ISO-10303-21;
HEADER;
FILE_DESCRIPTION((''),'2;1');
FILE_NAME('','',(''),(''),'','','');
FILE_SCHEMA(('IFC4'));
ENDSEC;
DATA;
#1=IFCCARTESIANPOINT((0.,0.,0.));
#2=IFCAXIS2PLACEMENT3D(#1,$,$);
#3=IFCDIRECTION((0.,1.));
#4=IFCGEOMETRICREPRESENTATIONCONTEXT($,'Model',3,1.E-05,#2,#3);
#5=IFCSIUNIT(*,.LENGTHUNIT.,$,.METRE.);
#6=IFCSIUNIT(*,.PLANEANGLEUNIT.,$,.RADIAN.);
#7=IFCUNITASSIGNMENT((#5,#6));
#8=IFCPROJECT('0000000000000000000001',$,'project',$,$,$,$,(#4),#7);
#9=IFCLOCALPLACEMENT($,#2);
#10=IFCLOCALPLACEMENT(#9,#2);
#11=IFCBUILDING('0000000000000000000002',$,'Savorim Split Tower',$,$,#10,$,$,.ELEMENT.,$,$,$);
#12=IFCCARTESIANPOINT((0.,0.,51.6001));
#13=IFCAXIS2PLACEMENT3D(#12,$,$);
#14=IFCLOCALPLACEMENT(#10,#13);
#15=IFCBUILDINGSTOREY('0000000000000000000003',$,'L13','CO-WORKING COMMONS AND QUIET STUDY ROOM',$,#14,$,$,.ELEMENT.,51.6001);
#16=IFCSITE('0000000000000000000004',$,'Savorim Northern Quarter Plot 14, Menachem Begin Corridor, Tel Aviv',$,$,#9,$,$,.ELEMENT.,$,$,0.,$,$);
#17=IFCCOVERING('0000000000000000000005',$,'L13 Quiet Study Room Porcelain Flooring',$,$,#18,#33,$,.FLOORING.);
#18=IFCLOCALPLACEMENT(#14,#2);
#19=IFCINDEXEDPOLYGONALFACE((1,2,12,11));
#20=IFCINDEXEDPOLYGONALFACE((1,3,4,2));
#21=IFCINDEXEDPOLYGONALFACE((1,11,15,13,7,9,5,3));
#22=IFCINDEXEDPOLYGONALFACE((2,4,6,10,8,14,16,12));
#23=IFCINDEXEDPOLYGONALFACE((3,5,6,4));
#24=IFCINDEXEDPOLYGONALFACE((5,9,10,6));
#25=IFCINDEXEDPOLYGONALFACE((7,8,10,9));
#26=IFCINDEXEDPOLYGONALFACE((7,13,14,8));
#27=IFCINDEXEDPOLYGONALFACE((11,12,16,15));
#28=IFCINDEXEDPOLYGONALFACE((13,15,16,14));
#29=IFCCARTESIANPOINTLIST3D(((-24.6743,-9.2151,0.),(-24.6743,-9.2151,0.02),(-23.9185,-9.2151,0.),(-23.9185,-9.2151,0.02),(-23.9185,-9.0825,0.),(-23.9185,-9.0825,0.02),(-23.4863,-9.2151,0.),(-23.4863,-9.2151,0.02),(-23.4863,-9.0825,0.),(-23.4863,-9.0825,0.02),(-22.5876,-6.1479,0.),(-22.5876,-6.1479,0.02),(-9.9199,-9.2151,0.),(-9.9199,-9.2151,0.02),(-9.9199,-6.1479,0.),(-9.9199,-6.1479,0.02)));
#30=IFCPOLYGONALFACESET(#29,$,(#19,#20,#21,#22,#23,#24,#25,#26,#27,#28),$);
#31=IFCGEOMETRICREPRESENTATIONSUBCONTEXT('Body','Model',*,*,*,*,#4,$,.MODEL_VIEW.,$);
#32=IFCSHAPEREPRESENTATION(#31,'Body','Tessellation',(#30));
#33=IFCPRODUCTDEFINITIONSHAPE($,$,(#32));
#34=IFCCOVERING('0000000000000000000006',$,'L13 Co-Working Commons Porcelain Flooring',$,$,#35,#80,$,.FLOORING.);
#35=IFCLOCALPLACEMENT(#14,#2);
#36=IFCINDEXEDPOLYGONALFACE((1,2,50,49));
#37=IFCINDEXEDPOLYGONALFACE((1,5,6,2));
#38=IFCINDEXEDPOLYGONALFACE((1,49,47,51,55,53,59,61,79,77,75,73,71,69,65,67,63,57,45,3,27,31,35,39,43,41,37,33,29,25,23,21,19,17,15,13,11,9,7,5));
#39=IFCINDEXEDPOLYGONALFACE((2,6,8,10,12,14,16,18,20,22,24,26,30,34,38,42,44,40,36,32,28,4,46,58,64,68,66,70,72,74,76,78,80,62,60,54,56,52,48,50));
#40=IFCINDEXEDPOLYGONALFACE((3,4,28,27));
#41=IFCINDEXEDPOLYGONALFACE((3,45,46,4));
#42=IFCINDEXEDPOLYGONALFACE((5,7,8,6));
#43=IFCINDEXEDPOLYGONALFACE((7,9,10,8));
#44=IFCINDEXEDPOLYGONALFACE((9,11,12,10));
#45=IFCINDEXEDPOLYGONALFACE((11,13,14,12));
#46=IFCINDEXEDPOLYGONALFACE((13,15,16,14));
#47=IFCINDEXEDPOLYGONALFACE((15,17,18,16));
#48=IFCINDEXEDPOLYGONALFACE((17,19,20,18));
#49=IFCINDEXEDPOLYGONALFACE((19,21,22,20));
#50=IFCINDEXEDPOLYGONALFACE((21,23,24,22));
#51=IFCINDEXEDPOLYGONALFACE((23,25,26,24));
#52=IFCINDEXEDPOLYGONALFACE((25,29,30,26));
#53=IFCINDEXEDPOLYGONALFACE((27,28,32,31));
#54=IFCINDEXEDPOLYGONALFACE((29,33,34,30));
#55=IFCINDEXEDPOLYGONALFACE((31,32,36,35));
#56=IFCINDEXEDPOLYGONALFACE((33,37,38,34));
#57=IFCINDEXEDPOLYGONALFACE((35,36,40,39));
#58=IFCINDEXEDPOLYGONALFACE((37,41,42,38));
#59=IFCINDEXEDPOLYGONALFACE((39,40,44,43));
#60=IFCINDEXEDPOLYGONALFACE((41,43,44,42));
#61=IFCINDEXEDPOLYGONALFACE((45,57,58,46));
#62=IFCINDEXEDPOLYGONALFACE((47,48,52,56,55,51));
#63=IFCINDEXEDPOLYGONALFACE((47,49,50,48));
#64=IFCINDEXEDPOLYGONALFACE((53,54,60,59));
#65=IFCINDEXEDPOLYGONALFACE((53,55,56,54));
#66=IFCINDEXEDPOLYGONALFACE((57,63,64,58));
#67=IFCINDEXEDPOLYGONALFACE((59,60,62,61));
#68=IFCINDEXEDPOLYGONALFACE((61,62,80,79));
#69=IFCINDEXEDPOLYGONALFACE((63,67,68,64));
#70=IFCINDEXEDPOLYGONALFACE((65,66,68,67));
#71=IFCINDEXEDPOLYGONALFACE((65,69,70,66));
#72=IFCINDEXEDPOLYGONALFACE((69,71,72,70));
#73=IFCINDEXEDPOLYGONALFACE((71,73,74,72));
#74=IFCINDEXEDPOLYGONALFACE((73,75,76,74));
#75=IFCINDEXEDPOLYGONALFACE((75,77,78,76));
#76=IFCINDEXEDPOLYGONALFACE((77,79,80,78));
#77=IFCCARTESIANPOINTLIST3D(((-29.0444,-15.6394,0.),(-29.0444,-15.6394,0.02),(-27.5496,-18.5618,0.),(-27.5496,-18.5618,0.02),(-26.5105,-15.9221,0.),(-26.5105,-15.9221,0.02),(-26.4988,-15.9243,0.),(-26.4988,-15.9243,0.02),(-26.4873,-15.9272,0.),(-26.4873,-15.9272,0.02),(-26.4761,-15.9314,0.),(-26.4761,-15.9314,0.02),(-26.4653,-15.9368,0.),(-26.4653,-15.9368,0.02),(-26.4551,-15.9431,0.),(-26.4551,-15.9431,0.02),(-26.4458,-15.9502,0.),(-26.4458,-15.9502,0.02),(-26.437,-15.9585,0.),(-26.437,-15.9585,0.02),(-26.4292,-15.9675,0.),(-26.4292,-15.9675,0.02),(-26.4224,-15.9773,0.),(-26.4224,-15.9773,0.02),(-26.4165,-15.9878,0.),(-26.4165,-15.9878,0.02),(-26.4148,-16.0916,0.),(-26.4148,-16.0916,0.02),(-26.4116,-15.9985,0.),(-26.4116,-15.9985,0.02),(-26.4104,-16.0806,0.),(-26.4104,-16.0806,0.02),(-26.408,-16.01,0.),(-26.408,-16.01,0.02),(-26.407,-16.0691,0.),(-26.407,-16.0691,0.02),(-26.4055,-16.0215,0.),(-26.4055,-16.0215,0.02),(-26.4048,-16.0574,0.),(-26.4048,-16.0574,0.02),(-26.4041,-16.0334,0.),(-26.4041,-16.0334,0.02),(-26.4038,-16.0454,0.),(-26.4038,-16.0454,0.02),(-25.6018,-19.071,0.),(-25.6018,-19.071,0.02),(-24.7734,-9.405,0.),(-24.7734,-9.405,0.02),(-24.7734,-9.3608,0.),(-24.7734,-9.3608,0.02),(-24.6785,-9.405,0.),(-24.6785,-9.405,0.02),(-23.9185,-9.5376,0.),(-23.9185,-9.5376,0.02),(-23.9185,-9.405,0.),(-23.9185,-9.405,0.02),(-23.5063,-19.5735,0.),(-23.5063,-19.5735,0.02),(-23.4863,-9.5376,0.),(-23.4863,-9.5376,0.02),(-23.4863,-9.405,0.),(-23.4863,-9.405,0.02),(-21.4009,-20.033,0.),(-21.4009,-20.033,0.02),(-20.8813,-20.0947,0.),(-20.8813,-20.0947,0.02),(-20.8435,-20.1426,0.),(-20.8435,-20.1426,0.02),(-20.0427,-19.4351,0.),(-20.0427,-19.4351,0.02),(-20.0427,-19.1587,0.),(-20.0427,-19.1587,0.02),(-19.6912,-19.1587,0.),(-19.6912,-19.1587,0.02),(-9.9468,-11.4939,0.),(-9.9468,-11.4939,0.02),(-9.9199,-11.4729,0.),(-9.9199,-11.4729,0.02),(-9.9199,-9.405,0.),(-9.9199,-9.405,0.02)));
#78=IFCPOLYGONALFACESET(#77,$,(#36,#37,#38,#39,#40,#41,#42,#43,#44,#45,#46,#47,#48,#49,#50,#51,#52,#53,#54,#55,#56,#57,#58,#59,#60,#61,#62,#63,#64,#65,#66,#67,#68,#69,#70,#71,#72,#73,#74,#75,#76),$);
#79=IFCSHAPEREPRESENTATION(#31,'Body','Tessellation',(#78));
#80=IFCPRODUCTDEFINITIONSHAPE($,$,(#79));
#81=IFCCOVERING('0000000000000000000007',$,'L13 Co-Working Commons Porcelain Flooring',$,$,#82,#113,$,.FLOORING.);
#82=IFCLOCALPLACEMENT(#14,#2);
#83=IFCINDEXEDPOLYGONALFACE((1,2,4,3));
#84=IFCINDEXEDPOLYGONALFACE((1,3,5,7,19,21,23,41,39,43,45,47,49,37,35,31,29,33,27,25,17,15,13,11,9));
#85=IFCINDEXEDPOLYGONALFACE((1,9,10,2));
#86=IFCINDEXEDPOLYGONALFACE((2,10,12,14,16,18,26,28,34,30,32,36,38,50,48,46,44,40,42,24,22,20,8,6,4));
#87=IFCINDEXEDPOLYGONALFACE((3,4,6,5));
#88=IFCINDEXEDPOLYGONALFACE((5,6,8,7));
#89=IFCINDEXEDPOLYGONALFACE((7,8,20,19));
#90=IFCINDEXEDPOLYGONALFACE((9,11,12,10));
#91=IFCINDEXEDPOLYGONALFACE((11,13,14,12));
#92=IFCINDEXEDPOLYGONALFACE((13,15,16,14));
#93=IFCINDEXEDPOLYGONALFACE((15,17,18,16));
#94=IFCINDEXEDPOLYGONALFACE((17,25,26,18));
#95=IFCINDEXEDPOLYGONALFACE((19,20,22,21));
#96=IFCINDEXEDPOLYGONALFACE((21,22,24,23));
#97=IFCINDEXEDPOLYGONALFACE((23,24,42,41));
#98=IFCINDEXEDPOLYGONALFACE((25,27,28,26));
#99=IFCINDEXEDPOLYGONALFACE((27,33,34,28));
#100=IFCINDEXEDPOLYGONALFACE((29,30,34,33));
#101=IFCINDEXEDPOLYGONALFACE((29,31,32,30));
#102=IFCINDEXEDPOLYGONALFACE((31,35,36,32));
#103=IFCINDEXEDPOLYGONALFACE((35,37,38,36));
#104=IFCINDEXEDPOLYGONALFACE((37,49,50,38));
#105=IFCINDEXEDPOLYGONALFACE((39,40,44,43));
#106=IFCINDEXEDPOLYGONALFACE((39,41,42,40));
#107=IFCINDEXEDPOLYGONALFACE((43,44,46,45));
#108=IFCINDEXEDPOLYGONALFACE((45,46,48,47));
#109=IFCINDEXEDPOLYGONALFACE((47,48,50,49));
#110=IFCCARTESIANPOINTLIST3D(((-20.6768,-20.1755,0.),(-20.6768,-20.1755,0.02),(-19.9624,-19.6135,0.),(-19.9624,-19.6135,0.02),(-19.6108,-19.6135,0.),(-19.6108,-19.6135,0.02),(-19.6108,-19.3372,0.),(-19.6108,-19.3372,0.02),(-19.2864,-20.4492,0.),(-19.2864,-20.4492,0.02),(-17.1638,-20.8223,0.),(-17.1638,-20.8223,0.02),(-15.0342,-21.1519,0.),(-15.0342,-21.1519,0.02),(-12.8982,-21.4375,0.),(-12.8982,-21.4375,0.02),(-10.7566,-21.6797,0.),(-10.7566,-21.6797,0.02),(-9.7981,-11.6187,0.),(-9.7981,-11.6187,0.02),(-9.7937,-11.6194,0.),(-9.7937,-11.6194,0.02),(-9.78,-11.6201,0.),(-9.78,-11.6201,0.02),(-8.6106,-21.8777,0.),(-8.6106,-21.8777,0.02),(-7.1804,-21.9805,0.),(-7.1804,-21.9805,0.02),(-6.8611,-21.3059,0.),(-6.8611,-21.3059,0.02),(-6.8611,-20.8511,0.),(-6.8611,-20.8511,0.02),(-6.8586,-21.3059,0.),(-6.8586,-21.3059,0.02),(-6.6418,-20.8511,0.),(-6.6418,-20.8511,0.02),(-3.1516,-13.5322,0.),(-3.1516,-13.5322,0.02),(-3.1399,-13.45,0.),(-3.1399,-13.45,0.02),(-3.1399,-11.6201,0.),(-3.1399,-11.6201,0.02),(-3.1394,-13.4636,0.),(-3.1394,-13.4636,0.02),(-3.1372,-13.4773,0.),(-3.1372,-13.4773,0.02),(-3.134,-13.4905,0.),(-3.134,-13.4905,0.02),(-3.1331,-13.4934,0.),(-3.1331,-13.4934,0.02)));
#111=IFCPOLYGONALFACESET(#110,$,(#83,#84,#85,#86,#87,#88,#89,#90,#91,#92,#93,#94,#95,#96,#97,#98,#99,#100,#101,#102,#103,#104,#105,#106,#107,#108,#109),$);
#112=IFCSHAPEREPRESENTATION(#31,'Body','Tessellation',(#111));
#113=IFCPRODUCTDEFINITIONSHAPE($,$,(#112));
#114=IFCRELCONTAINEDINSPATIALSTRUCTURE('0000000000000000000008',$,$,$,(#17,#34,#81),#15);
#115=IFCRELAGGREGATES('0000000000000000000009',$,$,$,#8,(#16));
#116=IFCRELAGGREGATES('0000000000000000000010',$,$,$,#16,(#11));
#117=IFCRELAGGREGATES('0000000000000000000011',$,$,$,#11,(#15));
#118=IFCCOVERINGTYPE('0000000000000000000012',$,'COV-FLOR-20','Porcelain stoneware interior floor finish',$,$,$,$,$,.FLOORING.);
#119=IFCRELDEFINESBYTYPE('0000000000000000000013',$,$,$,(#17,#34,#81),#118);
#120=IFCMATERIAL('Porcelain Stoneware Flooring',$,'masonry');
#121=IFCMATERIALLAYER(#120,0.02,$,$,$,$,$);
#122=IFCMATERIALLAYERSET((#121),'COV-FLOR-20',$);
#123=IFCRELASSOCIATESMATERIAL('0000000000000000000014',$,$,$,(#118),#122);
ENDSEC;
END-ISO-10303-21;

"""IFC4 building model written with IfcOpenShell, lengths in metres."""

from ifc_helpers import new_model, si_unit, direction, frame, origin, place, context, subcontext, project, spatial, polyline, outline, extrude, material, layer, layer_set, type_object, element, save


model = new_model("IFC4")

# Units and contexts
model_context = context("Model", 3, precision=1e-05, world=origin(), true_north=direction((0.0, 1.0)))
body_context = subcontext(model_context, "Body", "Model", "MODEL_VIEW")
ifc_project = project(units=[si_unit("LENGTHUNIT", "METRE"), si_unit("PLANEANGLEUNIT", "RADIAN")], contexts=[model_context])

# Site, building, storey
site_placement = place(None, origin())
site = spatial("IfcSite", under=ifc_project, at=site_placement, Name="Savorim Northern Quarter Plot 14, Menachem Begin Corridor, Tel Aviv", CompositionType="ELEMENT", RefElevation=0.0)
building_placement = place(site_placement, origin())
building = spatial("IfcBuilding", under=site, at=building_placement, Name="Savorim Split Tower", CompositionType="ELEMENT")
storey_placement = place(building_placement, frame((0.0, 0.0, 51.6001)))
storey = spatial("IfcBuildingStorey", under=building, at=storey_placement, Name="L13", Description="CO-WORKING COMMONS AND QUIET STUDY ROOM", CompositionType="ELEMENT", Elevation=51.6001)

# Coverings
ifc_material_1 = material(Name="Porcelain Stoneware Flooring", Category="masonry")
ifc_layer_1 = layer(ifc_material_1, 0.02)
ifc_layer_set_1 = layer_set([ifc_layer_1], Name="COV-FLOR-20")
covering_type_1 = type_object("IfcCoveringType", Name="COV-FLOR-20", Description="Porcelain stoneware interior floor finish", PredefinedType="FLOORING", material=ifc_layer_set_1)
covering_1_placement = place(storey_placement, origin())
element("IfcCovering", 1, at=covering_1_placement, inside=storey, type_object=covering_type_1, Name="L13 Quiet Study Room Porcelain Flooring", PredefinedType="FLOORING", context=body_context, shape_type="SweptSolid", body=[
    extrude(outline(polyline([(-23.4863, -9.0825), (-23.4863, -9.2151), (-9.9199, -9.2151), (-9.9199, -6.1479), (-22.5876, -6.1479), (-24.6743, -9.2151), (-23.9185, -9.2151), (-23.9185, -9.0825), (-23.4863, -9.0825)])), origin(), (0.0, 0.0, 1.0), 0.02),
])
covering_2_placement = place(storey_placement, origin())
element("IfcCovering", 2, at=covering_2_placement, inside=storey, type_object=covering_type_1, Name="L13 Co-Working Commons Porcelain Flooring", PredefinedType="FLOORING", context=body_context, shape_type="SweptSolid", body=[
    extrude(outline(polyline([(-26.4041, -16.0334), (-26.4038, -16.0454), (-26.4048, -16.0574), (-26.407, -16.0691), (-26.4104, -16.0806), (-26.4148, -16.0916), (-27.5496, -18.5618), (-25.6018, -19.071), (-23.5063, -19.5735), (-21.4009, -20.033), (-20.8435, -20.1426), (-20.8813, -20.0947), (-20.0427, -19.4351), (-20.0427, -19.1587), (-19.6912, -19.1587), (-9.9468, -11.4939), (-9.9199, -11.4729), (-9.9199, -9.405), (-23.4863, -9.405), (-23.4863, -9.5376), (-23.9185, -9.5376), (-23.9185, -9.405), (-24.6785, -9.405), (-24.7734, -9.405), (-24.7734, -9.3608), (-29.0444, -15.6394), (-26.5105, -15.9221), (-26.4988, -15.9243), (-26.4873, -15.9272), (-26.4761, -15.9314), (-26.4653, -15.9368), (-26.4551, -15.9431), (-26.4458, -15.9502), (-26.437, -15.9585), (-26.4292, -15.9675), (-26.4224, -15.9773), (-26.4165, -15.9878), (-26.4116, -15.9985), (-26.408, -16.01), (-26.4055, -16.0215), (-26.4041, -16.0334)])), origin(), (0.0, 0.0, 1.0), 0.02),
])
covering_3_placement = place(storey_placement, origin())
element("IfcCovering", 3, at=covering_3_placement, inside=storey, type_object=covering_type_1, Name="L13 Co-Working Commons Porcelain Flooring", PredefinedType="FLOORING", context=body_context, shape_type="SweptSolid", body=[
    extrude(outline(polyline([(-15.0342, -21.1519), (-12.8982, -21.4375), (-10.7566, -21.6797), (-8.6106, -21.8777), (-7.1804, -21.9805), (-6.8586, -21.3059), (-6.8611, -21.3059), (-6.8611, -20.8511), (-6.6418, -20.8511), (-3.1516, -13.5322), (-3.1331, -13.4934), (-3.134, -13.4905), (-3.1372, -13.4773), (-3.1394, -13.4636), (-3.1399, -13.45), (-3.1399, -11.6201), (-9.78, -11.6201), (-9.7937, -11.6194), (-9.7981, -11.6187), (-19.6108, -19.3372), (-19.6108, -19.6135), (-19.9624, -19.6135), (-20.6768, -20.1755), (-19.2864, -20.4492), (-17.1638, -20.8223), (-15.0342, -21.1519)])), origin(), (0.0, 0.0, 1.0), 0.02),
])

save(model, "model.ifc")
